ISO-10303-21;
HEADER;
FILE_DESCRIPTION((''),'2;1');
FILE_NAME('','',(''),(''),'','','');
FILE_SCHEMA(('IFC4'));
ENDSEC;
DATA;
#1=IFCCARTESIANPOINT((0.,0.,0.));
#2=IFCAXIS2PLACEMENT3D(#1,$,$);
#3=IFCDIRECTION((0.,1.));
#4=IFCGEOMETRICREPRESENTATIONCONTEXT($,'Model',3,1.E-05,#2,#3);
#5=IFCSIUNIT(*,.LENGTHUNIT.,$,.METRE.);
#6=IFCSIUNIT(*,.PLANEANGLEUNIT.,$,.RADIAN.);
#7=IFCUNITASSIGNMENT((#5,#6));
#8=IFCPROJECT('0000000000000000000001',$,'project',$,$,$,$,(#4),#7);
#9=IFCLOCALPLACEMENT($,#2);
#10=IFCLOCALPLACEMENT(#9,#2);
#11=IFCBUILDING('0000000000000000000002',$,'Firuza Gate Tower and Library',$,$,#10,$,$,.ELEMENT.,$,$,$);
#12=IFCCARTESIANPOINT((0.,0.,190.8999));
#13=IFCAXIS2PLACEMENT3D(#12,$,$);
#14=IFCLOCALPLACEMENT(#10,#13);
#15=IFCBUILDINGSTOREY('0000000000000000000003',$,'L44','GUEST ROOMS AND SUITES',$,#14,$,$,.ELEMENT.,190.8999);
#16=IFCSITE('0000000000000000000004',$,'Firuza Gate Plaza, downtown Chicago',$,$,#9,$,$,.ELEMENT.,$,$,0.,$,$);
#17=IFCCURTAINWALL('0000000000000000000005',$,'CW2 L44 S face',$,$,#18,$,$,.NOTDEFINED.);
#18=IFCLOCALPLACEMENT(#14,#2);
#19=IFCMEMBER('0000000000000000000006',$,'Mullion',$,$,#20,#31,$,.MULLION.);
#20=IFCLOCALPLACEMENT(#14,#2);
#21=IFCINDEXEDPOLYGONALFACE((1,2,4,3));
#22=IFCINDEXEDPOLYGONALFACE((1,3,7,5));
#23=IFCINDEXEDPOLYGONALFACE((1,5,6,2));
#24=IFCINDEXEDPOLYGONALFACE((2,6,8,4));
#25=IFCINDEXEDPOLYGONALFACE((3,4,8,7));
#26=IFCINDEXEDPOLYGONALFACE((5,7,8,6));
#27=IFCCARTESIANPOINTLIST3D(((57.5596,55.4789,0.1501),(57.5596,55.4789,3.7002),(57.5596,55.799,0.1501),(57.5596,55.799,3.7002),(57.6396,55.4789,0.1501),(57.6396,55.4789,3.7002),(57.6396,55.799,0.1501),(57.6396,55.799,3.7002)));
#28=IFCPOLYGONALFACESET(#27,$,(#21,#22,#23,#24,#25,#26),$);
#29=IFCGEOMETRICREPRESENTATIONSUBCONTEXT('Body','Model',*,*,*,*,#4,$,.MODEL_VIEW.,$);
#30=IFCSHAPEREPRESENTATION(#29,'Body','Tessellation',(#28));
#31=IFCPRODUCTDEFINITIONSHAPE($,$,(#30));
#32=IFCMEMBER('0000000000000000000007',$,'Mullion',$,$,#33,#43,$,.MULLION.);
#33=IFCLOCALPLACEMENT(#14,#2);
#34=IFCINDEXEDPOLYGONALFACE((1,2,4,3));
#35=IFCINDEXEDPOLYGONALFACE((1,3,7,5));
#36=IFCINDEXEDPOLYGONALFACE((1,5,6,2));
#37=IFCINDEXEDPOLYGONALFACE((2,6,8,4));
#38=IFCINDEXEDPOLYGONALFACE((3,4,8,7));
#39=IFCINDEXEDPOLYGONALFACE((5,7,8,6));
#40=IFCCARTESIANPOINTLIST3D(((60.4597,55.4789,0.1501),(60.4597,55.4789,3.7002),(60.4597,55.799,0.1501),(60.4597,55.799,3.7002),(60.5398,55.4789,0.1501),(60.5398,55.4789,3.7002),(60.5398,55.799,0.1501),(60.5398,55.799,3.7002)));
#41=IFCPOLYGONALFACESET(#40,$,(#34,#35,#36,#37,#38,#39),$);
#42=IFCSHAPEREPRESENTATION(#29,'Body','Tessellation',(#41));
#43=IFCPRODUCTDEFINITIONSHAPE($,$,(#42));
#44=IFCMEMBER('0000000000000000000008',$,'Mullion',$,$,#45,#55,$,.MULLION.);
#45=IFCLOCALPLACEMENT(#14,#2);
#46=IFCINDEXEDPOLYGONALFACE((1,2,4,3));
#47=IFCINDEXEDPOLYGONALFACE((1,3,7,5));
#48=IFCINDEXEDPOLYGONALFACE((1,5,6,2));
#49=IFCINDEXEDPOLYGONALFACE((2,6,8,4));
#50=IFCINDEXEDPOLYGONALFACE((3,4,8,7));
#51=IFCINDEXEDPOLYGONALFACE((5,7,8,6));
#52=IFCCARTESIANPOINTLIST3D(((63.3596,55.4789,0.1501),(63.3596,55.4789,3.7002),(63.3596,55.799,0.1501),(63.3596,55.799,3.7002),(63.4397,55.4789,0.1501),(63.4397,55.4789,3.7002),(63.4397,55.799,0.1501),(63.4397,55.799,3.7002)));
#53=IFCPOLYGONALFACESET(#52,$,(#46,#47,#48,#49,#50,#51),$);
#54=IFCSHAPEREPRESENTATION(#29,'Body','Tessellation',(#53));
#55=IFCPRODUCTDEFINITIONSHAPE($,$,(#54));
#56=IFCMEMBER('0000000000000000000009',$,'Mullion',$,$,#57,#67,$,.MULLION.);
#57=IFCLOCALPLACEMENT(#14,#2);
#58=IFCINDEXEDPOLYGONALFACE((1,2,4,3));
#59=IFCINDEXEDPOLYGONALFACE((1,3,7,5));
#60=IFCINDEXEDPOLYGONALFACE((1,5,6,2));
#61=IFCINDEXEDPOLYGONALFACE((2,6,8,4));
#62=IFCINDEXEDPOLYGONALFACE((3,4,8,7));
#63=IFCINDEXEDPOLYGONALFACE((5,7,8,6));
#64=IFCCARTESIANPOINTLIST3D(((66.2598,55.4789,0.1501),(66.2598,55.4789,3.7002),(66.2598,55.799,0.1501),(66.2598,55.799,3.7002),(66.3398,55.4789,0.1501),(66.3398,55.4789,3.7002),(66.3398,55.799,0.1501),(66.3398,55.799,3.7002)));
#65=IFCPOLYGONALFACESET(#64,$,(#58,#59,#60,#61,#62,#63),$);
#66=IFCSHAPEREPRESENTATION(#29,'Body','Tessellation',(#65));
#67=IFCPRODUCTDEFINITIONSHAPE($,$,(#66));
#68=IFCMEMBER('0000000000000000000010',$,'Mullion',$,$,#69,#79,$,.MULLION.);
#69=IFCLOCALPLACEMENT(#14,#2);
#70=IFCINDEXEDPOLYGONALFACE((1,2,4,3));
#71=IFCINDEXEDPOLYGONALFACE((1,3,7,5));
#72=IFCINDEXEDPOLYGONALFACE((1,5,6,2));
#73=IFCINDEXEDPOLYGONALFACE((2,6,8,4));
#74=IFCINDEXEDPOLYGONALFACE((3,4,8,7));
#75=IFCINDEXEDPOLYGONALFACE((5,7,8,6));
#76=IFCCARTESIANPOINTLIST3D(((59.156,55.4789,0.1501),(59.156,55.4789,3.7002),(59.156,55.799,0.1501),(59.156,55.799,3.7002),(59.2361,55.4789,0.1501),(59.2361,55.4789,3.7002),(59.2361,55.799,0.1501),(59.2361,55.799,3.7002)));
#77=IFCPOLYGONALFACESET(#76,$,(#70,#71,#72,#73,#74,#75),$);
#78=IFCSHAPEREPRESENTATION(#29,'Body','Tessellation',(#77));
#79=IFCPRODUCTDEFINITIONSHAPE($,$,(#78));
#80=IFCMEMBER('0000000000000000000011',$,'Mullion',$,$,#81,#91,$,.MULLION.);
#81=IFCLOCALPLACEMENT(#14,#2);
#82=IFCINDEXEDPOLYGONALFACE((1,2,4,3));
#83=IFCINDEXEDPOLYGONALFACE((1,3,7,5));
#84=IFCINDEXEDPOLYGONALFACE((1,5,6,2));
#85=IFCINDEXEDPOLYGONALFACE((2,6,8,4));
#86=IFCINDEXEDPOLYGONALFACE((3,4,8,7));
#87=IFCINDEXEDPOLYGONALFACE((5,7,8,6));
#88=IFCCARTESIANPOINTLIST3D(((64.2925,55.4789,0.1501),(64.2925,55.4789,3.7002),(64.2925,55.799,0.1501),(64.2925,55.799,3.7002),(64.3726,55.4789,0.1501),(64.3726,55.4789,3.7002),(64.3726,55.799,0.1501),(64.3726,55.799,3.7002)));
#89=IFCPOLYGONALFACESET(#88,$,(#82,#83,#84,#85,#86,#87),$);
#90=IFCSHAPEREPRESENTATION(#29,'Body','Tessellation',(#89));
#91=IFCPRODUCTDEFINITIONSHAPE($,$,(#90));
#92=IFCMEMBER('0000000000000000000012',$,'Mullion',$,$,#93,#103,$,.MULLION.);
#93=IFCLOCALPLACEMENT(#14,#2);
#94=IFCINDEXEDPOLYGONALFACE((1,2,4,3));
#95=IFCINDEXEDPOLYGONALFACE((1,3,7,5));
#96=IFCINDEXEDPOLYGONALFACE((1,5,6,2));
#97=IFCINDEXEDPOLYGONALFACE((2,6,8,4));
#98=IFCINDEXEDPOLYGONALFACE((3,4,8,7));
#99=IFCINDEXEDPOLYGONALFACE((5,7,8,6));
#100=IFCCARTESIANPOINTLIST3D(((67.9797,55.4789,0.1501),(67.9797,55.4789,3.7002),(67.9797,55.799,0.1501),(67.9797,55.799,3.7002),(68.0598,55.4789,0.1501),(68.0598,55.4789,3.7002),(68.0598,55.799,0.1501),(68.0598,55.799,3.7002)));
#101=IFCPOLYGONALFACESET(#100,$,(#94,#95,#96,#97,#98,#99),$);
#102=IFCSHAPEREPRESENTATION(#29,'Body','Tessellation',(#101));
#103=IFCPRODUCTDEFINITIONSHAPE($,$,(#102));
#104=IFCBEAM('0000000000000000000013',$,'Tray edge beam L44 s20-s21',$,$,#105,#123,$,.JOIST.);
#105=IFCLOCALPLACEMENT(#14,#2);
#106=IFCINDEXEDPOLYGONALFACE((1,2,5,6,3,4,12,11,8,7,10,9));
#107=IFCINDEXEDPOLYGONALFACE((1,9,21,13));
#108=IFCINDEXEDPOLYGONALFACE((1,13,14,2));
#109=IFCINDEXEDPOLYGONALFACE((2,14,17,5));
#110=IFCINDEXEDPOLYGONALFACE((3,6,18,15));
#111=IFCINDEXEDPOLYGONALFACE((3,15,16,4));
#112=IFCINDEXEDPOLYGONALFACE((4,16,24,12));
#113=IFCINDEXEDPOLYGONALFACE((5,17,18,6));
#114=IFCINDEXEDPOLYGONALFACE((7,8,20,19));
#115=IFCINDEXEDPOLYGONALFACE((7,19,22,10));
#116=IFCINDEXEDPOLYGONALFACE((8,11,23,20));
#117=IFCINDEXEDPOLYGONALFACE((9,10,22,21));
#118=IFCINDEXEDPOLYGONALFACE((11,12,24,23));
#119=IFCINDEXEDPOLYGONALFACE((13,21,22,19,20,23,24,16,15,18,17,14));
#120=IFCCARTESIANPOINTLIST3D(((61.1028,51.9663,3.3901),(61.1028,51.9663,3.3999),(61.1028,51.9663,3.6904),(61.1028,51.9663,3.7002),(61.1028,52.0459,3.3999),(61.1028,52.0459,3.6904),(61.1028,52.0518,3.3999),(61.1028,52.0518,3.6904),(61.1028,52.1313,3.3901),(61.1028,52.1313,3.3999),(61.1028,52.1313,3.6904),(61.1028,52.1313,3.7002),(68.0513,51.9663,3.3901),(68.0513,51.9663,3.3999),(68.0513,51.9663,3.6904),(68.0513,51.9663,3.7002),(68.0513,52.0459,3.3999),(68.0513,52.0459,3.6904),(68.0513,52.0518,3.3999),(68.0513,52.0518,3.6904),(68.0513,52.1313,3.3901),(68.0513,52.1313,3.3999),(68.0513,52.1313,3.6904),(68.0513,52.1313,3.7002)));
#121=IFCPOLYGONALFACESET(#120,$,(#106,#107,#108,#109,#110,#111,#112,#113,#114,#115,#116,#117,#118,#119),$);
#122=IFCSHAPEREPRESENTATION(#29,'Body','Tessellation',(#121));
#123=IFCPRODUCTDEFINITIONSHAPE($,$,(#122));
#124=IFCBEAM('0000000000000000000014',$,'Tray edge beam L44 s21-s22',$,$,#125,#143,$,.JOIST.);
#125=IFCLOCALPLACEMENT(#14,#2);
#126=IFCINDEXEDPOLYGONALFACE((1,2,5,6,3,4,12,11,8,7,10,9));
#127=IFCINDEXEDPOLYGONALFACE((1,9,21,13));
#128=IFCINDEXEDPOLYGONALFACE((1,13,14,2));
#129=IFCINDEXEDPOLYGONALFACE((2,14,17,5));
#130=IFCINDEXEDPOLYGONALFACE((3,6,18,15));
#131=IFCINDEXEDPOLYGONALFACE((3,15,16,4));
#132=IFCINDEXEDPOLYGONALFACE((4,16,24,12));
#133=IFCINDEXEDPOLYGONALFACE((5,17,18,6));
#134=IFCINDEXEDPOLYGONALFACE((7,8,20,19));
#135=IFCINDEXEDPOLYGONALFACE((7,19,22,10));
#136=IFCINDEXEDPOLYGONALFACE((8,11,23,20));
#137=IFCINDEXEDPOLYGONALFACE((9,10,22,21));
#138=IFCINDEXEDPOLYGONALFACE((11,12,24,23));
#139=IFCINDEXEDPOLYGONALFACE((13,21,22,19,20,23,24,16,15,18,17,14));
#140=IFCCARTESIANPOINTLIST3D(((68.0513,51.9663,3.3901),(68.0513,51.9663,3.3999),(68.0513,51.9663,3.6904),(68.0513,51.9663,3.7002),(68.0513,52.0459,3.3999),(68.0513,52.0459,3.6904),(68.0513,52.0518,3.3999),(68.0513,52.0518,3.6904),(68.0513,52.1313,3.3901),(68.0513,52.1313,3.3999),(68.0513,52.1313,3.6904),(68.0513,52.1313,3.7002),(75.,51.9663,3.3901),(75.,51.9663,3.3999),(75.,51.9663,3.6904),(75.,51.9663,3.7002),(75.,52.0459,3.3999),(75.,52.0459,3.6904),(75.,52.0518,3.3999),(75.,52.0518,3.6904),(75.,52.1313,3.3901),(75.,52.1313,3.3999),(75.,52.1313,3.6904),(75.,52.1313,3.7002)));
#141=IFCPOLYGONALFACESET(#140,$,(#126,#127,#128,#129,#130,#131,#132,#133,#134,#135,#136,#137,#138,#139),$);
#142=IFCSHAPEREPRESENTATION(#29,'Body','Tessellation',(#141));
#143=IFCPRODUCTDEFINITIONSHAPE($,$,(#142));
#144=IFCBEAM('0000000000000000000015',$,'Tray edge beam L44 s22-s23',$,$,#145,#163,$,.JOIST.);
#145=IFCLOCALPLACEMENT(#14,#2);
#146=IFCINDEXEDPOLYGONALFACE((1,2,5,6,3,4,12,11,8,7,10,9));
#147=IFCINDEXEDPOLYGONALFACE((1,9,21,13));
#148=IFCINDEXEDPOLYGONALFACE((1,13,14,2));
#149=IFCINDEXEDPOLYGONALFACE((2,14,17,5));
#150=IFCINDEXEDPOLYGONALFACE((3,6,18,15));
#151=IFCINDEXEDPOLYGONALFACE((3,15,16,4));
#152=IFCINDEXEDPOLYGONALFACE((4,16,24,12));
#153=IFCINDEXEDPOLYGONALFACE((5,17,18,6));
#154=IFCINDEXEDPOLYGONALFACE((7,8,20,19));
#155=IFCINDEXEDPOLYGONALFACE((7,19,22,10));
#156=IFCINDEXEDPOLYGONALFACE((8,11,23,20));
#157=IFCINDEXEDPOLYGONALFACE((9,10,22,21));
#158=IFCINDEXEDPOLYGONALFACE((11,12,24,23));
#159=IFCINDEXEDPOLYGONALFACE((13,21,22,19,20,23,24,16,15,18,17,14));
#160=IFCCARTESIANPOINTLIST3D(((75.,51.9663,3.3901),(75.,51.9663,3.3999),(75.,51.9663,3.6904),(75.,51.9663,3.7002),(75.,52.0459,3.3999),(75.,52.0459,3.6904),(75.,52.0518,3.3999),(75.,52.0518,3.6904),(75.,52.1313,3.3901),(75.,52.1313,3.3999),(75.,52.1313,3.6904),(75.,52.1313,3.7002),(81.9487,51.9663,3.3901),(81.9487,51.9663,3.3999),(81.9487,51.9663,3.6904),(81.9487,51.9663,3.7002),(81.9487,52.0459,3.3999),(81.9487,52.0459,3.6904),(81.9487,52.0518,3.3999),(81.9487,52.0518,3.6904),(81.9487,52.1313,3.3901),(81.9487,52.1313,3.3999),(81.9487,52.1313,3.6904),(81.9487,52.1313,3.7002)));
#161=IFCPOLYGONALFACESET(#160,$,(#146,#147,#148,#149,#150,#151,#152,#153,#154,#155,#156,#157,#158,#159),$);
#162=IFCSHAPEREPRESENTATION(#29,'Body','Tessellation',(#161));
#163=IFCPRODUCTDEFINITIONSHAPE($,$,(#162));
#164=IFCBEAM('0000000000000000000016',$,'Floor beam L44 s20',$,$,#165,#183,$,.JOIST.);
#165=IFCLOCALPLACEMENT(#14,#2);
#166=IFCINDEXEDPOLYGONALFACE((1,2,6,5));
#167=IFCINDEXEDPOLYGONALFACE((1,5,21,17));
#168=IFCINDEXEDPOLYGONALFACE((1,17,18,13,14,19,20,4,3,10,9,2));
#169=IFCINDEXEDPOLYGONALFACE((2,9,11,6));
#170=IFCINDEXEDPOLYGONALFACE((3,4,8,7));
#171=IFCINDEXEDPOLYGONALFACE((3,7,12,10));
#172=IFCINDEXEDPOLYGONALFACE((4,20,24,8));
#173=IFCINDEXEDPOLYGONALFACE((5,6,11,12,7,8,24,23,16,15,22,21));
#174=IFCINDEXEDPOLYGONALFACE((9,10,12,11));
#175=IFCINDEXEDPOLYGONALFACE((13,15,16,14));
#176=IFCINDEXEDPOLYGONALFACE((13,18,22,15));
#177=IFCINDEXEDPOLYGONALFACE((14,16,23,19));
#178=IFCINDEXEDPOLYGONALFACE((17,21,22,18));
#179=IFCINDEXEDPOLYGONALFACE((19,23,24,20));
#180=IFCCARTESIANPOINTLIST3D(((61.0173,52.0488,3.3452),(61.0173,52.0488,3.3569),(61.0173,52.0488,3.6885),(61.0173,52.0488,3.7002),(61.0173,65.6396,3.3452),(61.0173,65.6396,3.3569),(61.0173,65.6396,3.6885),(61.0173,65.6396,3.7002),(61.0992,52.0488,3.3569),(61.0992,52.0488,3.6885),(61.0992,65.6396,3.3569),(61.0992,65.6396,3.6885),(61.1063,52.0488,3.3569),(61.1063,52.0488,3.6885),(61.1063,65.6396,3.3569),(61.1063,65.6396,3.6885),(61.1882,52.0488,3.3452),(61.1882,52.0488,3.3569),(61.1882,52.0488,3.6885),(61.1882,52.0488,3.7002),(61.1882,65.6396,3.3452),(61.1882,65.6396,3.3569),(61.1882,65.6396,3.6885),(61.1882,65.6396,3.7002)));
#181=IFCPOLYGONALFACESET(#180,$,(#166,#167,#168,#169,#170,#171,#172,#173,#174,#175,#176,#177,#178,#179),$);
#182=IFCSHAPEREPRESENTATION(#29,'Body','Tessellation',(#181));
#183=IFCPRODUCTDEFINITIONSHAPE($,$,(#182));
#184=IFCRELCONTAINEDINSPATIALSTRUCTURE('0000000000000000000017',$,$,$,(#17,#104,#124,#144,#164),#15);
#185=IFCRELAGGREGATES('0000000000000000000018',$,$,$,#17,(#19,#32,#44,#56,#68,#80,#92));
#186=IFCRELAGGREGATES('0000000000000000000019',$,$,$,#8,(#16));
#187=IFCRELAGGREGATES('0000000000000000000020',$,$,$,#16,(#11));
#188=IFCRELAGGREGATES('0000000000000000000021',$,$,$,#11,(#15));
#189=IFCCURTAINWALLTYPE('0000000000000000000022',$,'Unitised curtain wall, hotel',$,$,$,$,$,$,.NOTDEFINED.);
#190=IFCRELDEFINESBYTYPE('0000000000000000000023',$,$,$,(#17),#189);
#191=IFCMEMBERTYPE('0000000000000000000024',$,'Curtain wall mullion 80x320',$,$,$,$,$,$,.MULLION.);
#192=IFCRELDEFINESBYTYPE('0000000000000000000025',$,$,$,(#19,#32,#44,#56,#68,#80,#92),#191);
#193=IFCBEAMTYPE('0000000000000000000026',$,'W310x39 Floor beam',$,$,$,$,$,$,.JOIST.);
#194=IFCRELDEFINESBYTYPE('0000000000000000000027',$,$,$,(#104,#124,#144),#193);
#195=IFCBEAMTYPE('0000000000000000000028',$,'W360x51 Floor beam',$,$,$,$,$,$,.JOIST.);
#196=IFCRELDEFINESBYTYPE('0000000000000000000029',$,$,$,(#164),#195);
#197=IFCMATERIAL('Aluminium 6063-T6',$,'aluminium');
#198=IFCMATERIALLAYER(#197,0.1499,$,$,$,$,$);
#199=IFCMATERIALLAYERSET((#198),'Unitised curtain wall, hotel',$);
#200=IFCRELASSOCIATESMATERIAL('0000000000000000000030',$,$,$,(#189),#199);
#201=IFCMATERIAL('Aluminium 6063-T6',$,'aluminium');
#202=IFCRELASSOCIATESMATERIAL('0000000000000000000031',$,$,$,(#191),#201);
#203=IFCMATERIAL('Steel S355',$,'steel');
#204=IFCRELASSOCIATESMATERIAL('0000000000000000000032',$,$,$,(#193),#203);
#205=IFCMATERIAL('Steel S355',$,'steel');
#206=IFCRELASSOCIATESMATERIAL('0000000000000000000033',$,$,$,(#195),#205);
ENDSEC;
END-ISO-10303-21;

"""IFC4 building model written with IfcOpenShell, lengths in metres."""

from ifc_helpers import new_model, si_unit, direction, frame, origin, origin_2d, place, context, subcontext, project, spatial, rectangle, i_section, extrude, material, layer, layer_set, material_profile, profile_set, type_object, element, aggregate, save


model = new_model("IFC4")

# Units and contexts
model_context = context("Model", 3, precision=1e-05, world=origin(), true_north=direction((0.0, 1.0)))
body_context = subcontext(model_context, "Body", "Model", "MODEL_VIEW")
ifc_project = project(units=[si_unit("LENGTHUNIT", "METRE"), si_unit("PLANEANGLEUNIT", "RADIAN")], contexts=[model_context])

# Site, building, storey
site_placement = place(None, origin())
site = spatial("IfcSite", under=ifc_project, at=site_placement, Name="Firuza Gate Plaza, downtown Chicago", CompositionType="ELEMENT", RefElevation=0.0)
building_placement = place(site_placement, origin())
building = spatial("IfcBuilding", under=site, at=building_placement, Name="Firuza Gate Tower and Library", CompositionType="ELEMENT")
storey_placement = place(building_placement, frame((0.0, 0.0, 190.8999)))
storey = spatial("IfcBuildingStorey", under=building, at=storey_placement, Name="L44", Description="GUEST ROOMS AND SUITES", CompositionType="ELEMENT", Elevation=190.8999)

# Curtain wall, members
ifc_material_1 = material(Name="Aluminium 6063-T6", Category="aluminium")
ifc_layer_1 = layer(ifc_material_1, 0.1499)
ifc_layer_set_1 = layer_set([ifc_layer_1], Name="Unitised curtain wall, hotel")
curtain_wall_type = type_object("IfcCurtainWallType", Name="Unitised curtain wall, hotel", PredefinedType="NOTDEFINED", material=ifc_layer_set_1)
curtain_wall_placement = place(storey_placement, origin())
curtain_wall = element("IfcCurtainWall", 1, at=curtain_wall_placement, inside=storey, type_object=curtain_wall_type, Name="CW2 L44 S face", PredefinedType="NOTDEFINED")
ifc_material_2 = material(Name="Aluminium 6063-T6", Category="aluminium")
ifc_material_profile_1 = material_profile(ifc_material_2, rectangle(XDim=0.3201, YDim=0.0801, at=origin_2d()))
ifc_profile_set_1 = profile_set([ifc_material_profile_1], Name="Aluminium 6063-T6")
member_type = type_object("IfcMemberType", Name="Curtain wall mullion 80x320", PredefinedType="MULLION", material=ifc_profile_set_1)
member_1_placement = place(storey_placement, frame((57.5996, 55.6389, 0.1501), z_axis=(0.0, 0.0, 1.0), x_axis=(0.0, 1.0, 0.0)))
member_1 = element("IfcMember", 2, at=member_1_placement, type_object=member_type, Name="Mullion", PredefinedType="MULLION", context=body_context, shape_type="SweptSolid", body=[
    extrude(rectangle(XDim=0.3201, YDim=0.0801, at=origin_2d()), origin(), (0.0, 0.0, 1.0), 3.55),
])
member_2_placement = place(storey_placement, frame((60.4998, 55.6389, 0.1501), z_axis=(0.0, 0.0, 1.0), x_axis=(0.0, 1.0, 0.0)))
member_2 = element("IfcMember", 3, at=member_2_placement, type_object=member_type, Name="Mullion", PredefinedType="MULLION", context=body_context, shape_type="SweptSolid", body=[
    extrude(rectangle(XDim=0.3201, YDim=0.0801, at=origin_2d()), origin(), (0.0, 0.0, 1.0), 3.55),
])
member_3_placement = place(storey_placement, frame((63.3997, 55.6389, 0.1501), z_axis=(0.0, 0.0, 1.0), x_axis=(0.0, 1.0, 0.0)))
member_3 = element("IfcMember", 4, at=member_3_placement, type_object=member_type, Name="Mullion", PredefinedType="MULLION", context=body_context, shape_type="SweptSolid", body=[
    extrude(rectangle(XDim=0.3201, YDim=0.0801, at=origin_2d()), origin(), (0.0, 0.0, 1.0), 3.55),
])
member_4_placement = place(storey_placement, frame((66.2998, 55.6389, 0.1501), z_axis=(0.0, 0.0, 1.0), x_axis=(0.0, 1.0, 0.0)))
member_4 = element("IfcMember", 5, at=member_4_placement, type_object=member_type, Name="Mullion", PredefinedType="MULLION", context=body_context, shape_type="SweptSolid", body=[
    extrude(rectangle(XDim=0.3201, YDim=0.0801, at=origin_2d()), origin(), (0.0, 0.0, 1.0), 3.55),
])
member_5_placement = place(storey_placement, frame((59.196, 55.6389, 0.1501), z_axis=(0.0, 0.0, 1.0), x_axis=(0.0, 1.0, 0.0)))
member_5 = element("IfcMember", 6, at=member_5_placement, type_object=member_type, Name="Mullion", PredefinedType="MULLION", context=body_context, shape_type="SweptSolid", body=[
    extrude(rectangle(XDim=0.3201, YDim=0.0801, at=origin_2d()), origin(), (0.0, 0.0, 1.0), 3.55),
])
member_6_placement = place(storey_placement, frame((64.3325, 55.6389, 0.1501), z_axis=(0.0, 0.0, 1.0), x_axis=(0.0, 1.0, 0.0)))
member_6 = element("IfcMember", 7, at=member_6_placement, type_object=member_type, Name="Mullion", PredefinedType="MULLION", context=body_context, shape_type="SweptSolid", body=[
    extrude(rectangle(XDim=0.3201, YDim=0.0801, at=origin_2d()), origin(), (0.0, 0.0, 1.0), 3.55),
])
member_7_placement = place(storey_placement, frame((68.0198, 55.6389, 0.1501), z_axis=(0.0, 0.0, 1.0), x_axis=(0.0, 1.0, 0.0)))
member_7 = element("IfcMember", 8, at=member_7_placement, type_object=member_type, Name="Mullion", PredefinedType="MULLION", context=body_context, shape_type="SweptSolid", body=[
    extrude(rectangle(XDim=0.3201, YDim=0.0801, at=origin_2d()), origin(), (0.0, 0.0, 1.0), 3.55),
])

# Beams
ifc_material_3 = material(Name="Steel S355", Category="steel")
ifc_material_profile_2 = material_profile(ifc_material_3, i_section(OverallWidth=0.165, OverallDepth=0.3101, WebThickness=0.0059, FlangeThickness=0.0098, at=origin_2d()))
ifc_profile_set_2 = profile_set([ifc_material_profile_2], Name="Steel S355")
beam_type_1 = type_object("IfcBeamType", Name="W310x39 Floor beam", PredefinedType="JOIST", material=ifc_profile_set_2)
beam_1_placement = place(storey_placement, frame((61.1028, 52.0488, 3.5452), z_axis=(1.0, 0.0, 0.0), x_axis=(0.0, 1.0, 0.0)))
element("IfcBeam", 9, at=beam_1_placement, inside=storey, type_object=beam_type_1, Name="Tray edge beam L44 s20-s21", PredefinedType="JOIST", context=body_context, shape_type="SweptSolid", body=[
    extrude(i_section(OverallWidth=0.165, OverallDepth=0.3101, WebThickness=0.0059, FlangeThickness=0.0098, at=origin_2d()), origin(), (0.0, 0.0, 1.0), 6.9485),
])
for number, where, z_axis, x_axis, name in (
    (10, (68.0513, 52.0488, 3.5452), (1.0, 0.0, 0.0), (0.0, 1.0, 0.0), "Tray edge beam L44 s21-s22"),
    (11, (75.0, 52.0488, 3.5452), (1.0, 0.0, 0.0), (0.0, 1.0, 0.0), "Tray edge beam L44 s22-s23"),
):
    element("IfcBeam", number, at=place(storey_placement, frame(where, z_axis=z_axis, x_axis=x_axis)), inside=storey, type_object=beam_type_1, Name=name, PredefinedType="JOIST", context=body_context, shape_type="SweptSolid", body=[
        extrude(i_section(OverallWidth=0.165, OverallDepth=0.3101, WebThickness=0.0059, FlangeThickness=0.0098, at=origin_2d()), origin(), (0.0, 0.0, 1.0), 6.9487),
    ])
ifc_material_4 = material(Name="Steel S355", Category="steel")
ifc_material_profile_3 = material_profile(ifc_material_4, i_section(OverallWidth=0.1709, OverallDepth=0.355, WebThickness=0.0071, FlangeThickness=0.0117, at=origin_2d()))
ifc_profile_set_3 = profile_set([ifc_material_profile_3], Name="Steel S355")
beam_type_2 = type_object("IfcBeamType", Name="W360x51 Floor beam", PredefinedType="JOIST", material=ifc_profile_set_3)
beam_2_placement = place(storey_placement, frame((61.1028, 52.0488, 3.5227), z_axis=(0.0, 1.0, 0.0), x_axis=(-1.0, 0.0, 0.0)))
element("IfcBeam", 12, at=beam_2_placement, inside=storey, type_object=beam_type_2, Name="Floor beam L44 s20", PredefinedType="JOIST", context=body_context, shape_type="SweptSolid", body=[
    extrude(i_section(OverallWidth=0.1709, OverallDepth=0.355, WebThickness=0.0071, FlangeThickness=0.0117, at=origin_2d()), origin(), (0.0, 0.0, 1.0), 13.5908),
])

aggregate(curtain_wall, [member_1, member_2, member_3, member_4, member_5, member_6, member_7])

save(model, "model.ifc")
